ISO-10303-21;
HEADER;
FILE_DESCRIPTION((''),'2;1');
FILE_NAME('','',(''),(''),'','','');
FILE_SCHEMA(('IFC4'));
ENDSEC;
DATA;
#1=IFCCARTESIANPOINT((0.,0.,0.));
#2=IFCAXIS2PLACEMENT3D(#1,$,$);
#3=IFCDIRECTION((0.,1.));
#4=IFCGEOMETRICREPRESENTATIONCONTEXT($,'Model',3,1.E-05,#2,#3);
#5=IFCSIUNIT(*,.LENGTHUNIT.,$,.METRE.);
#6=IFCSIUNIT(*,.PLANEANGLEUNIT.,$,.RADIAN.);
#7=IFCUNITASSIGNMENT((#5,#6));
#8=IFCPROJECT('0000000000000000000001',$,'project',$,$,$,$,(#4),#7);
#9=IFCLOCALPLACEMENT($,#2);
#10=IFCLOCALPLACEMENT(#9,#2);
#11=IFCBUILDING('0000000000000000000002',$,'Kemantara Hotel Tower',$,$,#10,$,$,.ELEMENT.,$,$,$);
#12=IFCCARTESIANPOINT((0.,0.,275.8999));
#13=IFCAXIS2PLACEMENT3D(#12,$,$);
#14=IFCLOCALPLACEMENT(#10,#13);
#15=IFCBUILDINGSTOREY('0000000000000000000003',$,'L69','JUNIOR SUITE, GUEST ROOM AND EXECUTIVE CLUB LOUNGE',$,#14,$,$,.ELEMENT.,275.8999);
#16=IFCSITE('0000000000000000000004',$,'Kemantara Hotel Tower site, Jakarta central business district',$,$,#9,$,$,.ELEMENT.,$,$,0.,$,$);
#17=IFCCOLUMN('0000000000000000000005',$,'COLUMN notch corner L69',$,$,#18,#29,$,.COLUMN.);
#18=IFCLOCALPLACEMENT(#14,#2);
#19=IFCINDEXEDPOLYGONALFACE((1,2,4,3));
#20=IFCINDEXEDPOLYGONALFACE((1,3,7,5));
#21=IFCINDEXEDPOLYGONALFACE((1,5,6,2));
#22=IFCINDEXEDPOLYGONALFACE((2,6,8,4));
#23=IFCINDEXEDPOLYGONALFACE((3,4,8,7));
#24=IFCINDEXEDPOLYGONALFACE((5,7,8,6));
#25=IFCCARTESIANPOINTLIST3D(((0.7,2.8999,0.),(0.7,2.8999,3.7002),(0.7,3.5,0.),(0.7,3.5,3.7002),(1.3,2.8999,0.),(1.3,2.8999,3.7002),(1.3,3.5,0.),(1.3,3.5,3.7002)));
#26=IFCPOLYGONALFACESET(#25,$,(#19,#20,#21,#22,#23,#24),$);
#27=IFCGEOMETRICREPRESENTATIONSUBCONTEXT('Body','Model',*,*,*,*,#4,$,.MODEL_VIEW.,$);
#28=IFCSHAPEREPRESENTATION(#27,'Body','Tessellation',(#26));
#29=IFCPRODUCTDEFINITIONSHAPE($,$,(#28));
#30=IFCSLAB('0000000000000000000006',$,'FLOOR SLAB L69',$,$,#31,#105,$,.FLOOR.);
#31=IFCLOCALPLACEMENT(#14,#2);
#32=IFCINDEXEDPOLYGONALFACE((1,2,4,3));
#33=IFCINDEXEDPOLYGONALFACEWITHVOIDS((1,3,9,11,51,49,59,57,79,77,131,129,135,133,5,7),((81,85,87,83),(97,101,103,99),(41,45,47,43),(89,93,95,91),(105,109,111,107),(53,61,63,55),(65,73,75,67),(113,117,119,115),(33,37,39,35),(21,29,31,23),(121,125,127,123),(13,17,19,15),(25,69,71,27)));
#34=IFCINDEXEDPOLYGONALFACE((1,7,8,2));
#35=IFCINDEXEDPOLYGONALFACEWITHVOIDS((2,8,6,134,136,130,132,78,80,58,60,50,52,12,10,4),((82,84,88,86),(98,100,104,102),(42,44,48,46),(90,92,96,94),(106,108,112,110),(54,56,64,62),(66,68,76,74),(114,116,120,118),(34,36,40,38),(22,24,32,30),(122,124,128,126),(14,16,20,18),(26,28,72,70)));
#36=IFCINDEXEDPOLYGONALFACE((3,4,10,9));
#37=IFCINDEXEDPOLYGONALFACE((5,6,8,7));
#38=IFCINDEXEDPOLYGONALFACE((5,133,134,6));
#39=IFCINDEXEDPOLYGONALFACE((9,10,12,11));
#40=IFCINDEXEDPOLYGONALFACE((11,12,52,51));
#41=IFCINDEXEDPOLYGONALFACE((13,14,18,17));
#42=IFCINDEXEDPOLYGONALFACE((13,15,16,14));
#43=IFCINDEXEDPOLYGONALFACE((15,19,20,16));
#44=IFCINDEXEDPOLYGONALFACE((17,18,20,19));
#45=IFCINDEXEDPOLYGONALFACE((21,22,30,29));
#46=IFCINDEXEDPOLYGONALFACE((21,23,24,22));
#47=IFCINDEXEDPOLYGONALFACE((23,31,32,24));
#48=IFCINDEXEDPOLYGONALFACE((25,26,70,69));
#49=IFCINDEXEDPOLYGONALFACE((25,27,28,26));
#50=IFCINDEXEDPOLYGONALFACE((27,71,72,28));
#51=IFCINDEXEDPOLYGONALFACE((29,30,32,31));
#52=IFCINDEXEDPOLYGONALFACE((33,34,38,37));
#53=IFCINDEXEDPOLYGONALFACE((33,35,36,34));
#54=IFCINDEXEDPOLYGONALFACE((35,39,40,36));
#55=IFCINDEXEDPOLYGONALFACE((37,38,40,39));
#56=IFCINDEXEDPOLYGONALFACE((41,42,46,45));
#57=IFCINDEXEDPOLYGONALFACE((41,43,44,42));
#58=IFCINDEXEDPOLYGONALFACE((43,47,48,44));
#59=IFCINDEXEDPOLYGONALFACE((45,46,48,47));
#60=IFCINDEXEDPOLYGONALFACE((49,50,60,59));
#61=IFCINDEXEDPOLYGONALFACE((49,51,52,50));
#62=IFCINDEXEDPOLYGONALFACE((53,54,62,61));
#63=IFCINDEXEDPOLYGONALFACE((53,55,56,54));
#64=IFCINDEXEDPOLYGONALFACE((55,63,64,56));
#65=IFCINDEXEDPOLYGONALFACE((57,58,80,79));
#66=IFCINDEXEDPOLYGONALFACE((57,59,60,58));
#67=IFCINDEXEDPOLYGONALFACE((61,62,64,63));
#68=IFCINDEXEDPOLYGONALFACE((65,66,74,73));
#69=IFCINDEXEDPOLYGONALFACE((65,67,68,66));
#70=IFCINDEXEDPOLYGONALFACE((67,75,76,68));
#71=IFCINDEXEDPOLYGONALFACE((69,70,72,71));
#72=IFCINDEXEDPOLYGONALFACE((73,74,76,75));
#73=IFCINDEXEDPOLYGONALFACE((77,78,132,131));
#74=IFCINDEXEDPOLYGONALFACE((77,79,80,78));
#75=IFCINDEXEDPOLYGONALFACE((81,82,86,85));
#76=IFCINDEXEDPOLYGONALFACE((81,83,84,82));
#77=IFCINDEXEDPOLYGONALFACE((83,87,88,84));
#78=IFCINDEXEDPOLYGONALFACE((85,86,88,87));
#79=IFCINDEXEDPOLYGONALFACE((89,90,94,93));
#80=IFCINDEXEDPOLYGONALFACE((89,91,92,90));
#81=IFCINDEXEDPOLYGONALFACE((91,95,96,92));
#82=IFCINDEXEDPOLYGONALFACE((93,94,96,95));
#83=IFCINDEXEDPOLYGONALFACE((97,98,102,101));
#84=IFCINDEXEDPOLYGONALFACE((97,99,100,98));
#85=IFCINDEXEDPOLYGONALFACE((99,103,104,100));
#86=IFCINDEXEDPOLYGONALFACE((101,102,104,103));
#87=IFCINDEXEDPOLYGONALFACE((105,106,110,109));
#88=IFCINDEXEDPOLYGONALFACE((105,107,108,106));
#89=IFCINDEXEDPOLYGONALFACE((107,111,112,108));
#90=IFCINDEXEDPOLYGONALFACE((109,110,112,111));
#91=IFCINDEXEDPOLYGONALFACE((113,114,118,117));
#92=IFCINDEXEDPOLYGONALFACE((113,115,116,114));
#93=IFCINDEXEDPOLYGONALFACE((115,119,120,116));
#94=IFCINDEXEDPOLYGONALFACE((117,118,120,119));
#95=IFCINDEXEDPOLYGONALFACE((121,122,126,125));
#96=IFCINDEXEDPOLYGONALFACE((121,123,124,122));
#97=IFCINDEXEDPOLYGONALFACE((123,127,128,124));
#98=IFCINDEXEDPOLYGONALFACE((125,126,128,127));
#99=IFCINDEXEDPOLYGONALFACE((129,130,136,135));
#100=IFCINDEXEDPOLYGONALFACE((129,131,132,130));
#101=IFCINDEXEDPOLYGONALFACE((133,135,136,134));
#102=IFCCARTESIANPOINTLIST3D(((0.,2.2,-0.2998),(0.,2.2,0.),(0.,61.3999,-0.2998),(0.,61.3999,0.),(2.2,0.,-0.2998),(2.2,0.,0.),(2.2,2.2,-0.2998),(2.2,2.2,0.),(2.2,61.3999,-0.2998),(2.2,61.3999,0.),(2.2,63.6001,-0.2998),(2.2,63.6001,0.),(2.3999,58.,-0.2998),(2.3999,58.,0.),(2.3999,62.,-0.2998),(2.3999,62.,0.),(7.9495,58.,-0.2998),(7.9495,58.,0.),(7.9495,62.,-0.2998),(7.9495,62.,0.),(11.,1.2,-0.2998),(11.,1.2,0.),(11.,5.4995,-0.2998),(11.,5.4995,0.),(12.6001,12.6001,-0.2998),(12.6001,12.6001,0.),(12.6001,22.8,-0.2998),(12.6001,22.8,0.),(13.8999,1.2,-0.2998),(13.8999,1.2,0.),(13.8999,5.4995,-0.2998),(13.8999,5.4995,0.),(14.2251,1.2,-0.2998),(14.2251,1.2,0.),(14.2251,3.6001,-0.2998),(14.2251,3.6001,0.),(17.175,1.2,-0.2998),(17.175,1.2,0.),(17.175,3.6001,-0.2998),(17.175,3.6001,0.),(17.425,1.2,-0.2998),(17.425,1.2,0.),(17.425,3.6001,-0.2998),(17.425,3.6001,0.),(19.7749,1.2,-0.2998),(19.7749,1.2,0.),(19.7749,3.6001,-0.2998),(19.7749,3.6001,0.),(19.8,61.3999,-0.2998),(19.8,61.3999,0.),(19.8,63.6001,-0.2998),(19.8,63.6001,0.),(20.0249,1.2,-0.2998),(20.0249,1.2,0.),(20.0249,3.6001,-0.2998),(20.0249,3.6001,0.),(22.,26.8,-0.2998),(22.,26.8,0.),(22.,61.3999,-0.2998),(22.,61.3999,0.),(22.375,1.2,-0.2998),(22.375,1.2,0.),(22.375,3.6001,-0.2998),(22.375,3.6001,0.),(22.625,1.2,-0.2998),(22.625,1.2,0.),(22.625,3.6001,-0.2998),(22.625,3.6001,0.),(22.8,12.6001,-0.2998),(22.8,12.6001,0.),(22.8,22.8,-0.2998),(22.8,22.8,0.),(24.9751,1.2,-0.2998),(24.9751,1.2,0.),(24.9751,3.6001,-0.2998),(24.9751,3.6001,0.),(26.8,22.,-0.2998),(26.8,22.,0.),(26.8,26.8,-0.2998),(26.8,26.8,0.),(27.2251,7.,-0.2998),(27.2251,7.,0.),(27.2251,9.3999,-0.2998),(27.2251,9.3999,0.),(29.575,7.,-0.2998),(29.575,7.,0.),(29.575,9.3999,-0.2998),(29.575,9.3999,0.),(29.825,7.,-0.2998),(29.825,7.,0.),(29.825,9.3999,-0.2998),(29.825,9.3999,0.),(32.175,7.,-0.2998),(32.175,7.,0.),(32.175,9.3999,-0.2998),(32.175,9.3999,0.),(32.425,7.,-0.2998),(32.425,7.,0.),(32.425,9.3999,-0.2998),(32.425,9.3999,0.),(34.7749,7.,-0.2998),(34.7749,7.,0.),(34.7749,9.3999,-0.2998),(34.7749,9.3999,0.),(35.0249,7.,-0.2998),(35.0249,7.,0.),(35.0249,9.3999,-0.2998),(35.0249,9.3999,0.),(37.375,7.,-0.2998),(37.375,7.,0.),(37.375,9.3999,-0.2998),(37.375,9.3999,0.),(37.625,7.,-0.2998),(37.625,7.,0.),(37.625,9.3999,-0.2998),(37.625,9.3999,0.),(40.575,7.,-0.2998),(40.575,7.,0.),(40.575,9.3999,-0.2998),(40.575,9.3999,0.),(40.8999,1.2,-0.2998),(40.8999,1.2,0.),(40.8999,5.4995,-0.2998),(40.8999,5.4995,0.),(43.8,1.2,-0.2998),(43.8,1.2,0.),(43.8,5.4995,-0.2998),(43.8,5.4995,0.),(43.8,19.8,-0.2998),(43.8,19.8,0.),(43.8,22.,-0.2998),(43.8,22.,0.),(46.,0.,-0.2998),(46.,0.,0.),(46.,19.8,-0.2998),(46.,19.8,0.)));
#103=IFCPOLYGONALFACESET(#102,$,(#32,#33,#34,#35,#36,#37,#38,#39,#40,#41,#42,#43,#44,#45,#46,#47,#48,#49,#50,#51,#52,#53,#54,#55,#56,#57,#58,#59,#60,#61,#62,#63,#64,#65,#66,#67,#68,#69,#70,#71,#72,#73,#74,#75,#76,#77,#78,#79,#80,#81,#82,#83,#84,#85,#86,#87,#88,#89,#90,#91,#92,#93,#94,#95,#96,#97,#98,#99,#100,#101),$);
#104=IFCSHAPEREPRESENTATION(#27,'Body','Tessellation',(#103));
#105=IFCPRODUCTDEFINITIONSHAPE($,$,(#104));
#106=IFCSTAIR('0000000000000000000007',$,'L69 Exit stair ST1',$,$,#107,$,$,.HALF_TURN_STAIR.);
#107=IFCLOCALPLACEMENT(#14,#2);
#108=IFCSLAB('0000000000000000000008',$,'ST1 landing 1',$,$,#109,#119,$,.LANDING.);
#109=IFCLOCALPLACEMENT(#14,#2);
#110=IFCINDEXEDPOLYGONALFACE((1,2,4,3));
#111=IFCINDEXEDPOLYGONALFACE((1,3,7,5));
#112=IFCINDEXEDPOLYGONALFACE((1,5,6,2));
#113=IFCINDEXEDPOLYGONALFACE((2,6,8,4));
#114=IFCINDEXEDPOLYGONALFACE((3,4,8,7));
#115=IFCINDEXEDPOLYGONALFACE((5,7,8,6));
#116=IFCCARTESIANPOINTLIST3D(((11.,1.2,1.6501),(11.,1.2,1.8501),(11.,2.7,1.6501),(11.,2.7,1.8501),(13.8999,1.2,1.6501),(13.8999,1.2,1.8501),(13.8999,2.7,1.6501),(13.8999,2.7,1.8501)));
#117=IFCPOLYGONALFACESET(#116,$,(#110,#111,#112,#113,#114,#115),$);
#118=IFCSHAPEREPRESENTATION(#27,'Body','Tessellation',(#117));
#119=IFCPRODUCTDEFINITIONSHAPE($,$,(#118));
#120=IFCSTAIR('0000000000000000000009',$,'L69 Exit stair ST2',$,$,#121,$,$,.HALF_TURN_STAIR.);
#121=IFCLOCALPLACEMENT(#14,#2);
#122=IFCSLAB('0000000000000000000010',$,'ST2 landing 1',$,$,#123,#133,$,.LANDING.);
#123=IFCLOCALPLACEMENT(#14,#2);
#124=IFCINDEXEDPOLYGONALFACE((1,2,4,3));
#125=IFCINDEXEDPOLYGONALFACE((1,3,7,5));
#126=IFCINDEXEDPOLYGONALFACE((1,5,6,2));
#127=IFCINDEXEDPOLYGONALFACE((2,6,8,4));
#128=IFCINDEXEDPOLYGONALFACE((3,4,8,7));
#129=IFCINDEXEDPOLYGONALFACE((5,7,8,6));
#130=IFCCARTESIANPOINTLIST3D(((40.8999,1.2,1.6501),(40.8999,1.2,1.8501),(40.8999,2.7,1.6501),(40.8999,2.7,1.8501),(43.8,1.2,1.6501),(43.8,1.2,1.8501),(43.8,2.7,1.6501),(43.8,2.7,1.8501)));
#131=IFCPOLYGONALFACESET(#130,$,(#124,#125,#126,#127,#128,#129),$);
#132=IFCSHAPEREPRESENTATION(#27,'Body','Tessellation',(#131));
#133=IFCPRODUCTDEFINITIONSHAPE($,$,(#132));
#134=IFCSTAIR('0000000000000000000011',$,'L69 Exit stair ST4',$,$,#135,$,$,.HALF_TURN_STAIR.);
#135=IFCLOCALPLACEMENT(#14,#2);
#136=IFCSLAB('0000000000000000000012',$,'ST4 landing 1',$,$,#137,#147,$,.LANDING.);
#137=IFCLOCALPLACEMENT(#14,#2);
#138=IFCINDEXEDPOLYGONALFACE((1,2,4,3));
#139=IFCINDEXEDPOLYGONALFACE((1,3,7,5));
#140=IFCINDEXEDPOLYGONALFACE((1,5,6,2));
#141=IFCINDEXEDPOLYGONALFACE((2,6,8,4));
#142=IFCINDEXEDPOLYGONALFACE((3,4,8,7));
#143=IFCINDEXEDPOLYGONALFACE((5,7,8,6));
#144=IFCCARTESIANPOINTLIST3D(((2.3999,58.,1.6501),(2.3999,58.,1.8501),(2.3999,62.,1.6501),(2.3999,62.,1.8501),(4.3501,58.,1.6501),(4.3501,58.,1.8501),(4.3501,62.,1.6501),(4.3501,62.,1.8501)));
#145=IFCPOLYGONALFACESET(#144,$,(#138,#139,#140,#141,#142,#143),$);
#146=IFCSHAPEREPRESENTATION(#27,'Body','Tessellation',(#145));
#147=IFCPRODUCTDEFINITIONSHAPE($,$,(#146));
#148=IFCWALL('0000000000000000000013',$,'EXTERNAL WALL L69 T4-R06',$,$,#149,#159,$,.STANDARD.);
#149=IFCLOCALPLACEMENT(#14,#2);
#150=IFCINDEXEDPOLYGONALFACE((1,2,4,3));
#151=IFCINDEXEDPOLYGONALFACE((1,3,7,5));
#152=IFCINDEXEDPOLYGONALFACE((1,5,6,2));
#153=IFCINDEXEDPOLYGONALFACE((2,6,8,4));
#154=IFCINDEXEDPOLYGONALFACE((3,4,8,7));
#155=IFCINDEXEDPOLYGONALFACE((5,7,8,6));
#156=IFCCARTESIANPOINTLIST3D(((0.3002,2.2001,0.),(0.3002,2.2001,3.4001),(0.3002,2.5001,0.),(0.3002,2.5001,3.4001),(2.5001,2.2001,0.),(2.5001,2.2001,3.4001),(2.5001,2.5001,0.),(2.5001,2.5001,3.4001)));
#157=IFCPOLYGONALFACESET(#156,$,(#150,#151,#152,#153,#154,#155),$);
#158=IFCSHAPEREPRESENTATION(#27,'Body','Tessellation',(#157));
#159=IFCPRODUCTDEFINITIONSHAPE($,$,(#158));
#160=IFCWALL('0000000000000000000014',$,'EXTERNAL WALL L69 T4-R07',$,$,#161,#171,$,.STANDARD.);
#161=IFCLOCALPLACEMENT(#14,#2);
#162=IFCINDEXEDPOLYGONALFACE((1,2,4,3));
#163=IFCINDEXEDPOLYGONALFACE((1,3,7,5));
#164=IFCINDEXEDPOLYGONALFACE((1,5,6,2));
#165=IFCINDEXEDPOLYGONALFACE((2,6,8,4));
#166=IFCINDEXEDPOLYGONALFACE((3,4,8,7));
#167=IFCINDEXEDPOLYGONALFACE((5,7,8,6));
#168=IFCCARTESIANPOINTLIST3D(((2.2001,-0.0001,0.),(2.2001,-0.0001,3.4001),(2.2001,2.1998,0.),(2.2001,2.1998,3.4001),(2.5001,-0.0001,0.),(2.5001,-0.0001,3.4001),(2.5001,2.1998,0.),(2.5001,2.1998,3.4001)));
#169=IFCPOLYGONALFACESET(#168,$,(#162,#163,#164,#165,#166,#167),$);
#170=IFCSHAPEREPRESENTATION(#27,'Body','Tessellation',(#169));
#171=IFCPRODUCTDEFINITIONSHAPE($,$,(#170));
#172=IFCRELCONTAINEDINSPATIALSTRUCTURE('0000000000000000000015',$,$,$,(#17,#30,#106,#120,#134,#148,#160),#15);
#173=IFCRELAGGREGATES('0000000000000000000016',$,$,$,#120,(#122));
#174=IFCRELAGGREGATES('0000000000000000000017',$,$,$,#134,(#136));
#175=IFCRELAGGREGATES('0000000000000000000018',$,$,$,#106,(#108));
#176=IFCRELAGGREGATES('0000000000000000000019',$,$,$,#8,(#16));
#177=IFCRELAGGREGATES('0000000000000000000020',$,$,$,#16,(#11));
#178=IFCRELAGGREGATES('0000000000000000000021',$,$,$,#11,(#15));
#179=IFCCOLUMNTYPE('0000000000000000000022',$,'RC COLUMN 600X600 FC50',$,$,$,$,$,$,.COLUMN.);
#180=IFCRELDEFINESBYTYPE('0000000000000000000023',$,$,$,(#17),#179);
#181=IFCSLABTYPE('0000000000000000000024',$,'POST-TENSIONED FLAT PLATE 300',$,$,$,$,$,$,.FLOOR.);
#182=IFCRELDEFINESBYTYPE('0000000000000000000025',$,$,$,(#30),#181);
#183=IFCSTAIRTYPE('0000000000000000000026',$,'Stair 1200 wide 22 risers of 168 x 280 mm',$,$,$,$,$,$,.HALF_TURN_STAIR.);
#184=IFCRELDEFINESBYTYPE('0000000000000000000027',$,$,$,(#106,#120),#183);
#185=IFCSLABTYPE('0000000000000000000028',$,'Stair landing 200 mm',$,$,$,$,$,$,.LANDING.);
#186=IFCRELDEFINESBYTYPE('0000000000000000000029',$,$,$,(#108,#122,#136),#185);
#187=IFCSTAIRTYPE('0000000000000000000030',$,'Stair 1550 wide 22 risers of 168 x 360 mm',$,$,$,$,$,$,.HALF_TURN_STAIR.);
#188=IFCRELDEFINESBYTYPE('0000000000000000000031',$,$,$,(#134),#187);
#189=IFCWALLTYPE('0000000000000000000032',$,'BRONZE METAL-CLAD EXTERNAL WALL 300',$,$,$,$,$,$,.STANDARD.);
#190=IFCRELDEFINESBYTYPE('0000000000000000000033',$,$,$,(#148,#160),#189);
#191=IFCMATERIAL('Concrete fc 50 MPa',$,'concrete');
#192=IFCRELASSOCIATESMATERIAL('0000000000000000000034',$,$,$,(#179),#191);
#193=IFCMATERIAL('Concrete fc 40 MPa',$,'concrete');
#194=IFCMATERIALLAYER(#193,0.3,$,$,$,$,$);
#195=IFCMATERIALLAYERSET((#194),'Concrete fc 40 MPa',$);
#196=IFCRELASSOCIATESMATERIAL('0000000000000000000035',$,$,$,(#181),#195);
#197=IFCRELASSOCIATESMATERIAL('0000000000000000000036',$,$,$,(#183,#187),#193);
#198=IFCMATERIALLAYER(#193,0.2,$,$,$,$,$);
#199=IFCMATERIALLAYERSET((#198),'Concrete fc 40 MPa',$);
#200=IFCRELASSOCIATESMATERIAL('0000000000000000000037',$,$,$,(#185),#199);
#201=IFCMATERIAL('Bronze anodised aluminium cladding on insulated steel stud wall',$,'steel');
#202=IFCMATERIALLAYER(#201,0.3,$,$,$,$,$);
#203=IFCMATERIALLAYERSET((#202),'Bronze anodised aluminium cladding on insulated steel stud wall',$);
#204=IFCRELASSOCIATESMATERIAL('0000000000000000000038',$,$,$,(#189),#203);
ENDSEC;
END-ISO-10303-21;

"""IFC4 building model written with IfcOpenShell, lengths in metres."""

from ifc_helpers import new_model, si_unit, direction, frame, frame_2d, origin, origin_2d, place, context, subcontext, project, spatial, polyline, rectangle, outline, extrude, material, layer, layer_set, material_profile, profile_set, type_object, element, aggregate, save


model = new_model("IFC4")

# Units and contexts
model_context = context("Model", 3, precision=1e-05, world=origin(), true_north=direction((0.0, 1.0)))
body_context = subcontext(model_context, "Body", "Model", "MODEL_VIEW")
ifc_project = project(units=[si_unit("LENGTHUNIT", "METRE"), si_unit("PLANEANGLEUNIT", "RADIAN")], contexts=[model_context])

# Site, building, storey
site_placement = place(None, origin())
site = spatial("IfcSite", under=ifc_project, at=site_placement, Name="Kemantara Hotel Tower site, Jakarta central business district", CompositionType="ELEMENT", RefElevation=0.0)
building_placement = place(site_placement, origin())
building = spatial("IfcBuilding", under=site, at=building_placement, Name="Kemantara Hotel Tower", CompositionType="ELEMENT")
storey_placement = place(building_placement, frame((0.0, 0.0, 275.8999)))
storey = spatial("IfcBuildingStorey", under=building, at=storey_placement, Name="L69", Description="JUNIOR SUITE, GUEST ROOM AND EXECUTIVE CLUB LOUNGE", CompositionType="ELEMENT", Elevation=275.8999)

# Column
ifc_material_1 = material(Name="Concrete fc 50 MPa", Category="concrete")
ifc_material_profile = material_profile(ifc_material_1, rectangle(XDim=0.6001, YDim=0.6001, at=origin_2d()), Name="RC 600X600")
ifc_profile_set = profile_set([ifc_material_profile], Name="Concrete fc 50 MPa")
column_type = type_object("IfcColumnType", Name="RC COLUMN 600X600 FC50", PredefinedType="COLUMN", material=ifc_profile_set)
column_placement = place(storey_placement, frame((1.0, 3.2, 0.0), z_axis=(0.0, 0.0, 1.0), x_axis=(1.0, 0.0, 0.0)))
element("IfcColumn", 1, at=column_placement, inside=storey, type_object=column_type, Name="COLUMN notch corner L69", PredefinedType="COLUMN", context=body_context, shape_type="SweptSolid", body=[
    extrude(rectangle(XDim=0.6001, YDim=0.6001, at=origin_2d()), origin(), (0.0, 0.0, 1.0), 3.7002),
])

# Slab
ifc_material_2 = material(Name="Concrete fc 40 MPa", Category="concrete")
ifc_layer_1 = layer(ifc_material_2, 0.3)
ifc_layer_set_1 = layer_set([ifc_layer_1], Name="Concrete fc 40 MPa")
slab_type_1 = type_object("IfcSlabType", Name="POST-TENSIONED FLAT PLATE 300", PredefinedType="FLOOR", material=ifc_layer_set_1)
slab_1_placement = place(storey_placement, frame((0.0, 0.0, -0.2998)))
element("IfcSlab", 2, at=slab_1_placement, inside=storey, type_object=slab_type_1, Name="FLOOR SLAB L69", PredefinedType="FLOOR", context=body_context, shape_type="SweptSolid", body=[
    extrude(outline(polyline([(22.0, 26.8), (22.0, 61.3999), (19.8, 61.3999), (19.8, 63.6001), (2.2, 63.6001), (2.2, 61.3999), (0.0, 61.3999), (0.0, 2.2), (2.2, 2.2), (2.2, 0.0), (46.0, 0.0), (46.0, 19.8), (43.8, 19.8), (43.8, 22.0), (26.8, 22.0), (26.8, 26.8), (22.0, 26.8)]), holes=[polyline([(17.175, 3.6001), (17.175, 1.2), (14.2251, 1.2), (14.2251, 3.6001), (17.175, 3.6001)]), polyline([(19.7749, 1.2), (17.425, 1.2), (17.425, 3.6001), (19.7749, 3.6001), (19.7749, 1.2)]), polyline([(22.375, 1.2), (20.0249, 1.2), (20.0249, 3.6001), (22.375, 3.6001), (22.375, 1.2)]), polyline([(24.9751, 3.6001), (24.9751, 1.2), (22.625, 1.2), (22.625, 3.6001), (24.9751, 3.6001)]), polyline([(11.0, 1.2), (11.0, 5.4995), (13.8999, 5.4995), (13.8999, 1.2), (11.0, 1.2)]), polyline([(22.8, 12.6001), (12.6001, 12.6001), (12.6001, 22.8), (22.8, 22.8), (22.8, 12.6001)]), polyline([(2.3999, 58.0), (2.3999, 62.0), (7.9495, 62.0), (7.9495, 58.0), (2.3999, 58.0)]), polyline([(40.8999, 1.2), (40.8999, 5.4995), (43.8, 5.4995), (43.8, 1.2), (40.8999, 1.2)]), polyline([(29.575, 7.0), (27.2251, 7.0), (27.2251, 9.3999), (29.575, 9.3999), (29.575, 7.0)]), polyline([(32.175, 7.0), (29.825, 7.0), (29.825, 9.3999), (32.175, 9.3999), (32.175, 7.0)]), polyline([(34.7749, 7.0), (32.425, 7.0), (32.425, 9.3999), (34.7749, 9.3999), (34.7749, 7.0)]), polyline([(37.375, 7.0), (35.0249, 7.0), (35.0249, 9.3999), (37.375, 9.3999), (37.375, 7.0)]), polyline([(40.575, 7.0), (37.625, 7.0), (37.625, 9.3999), (40.575, 9.3999), (40.575, 7.0)])]), origin(), (0.0, 0.0, 1.0), 0.2998),
])

# Stairs, slabs
stair_type_1 = type_object("IfcStairType", Name="Stair 1200 wide 22 risers of 168 x 280 mm", PredefinedType="HALF_TURN_STAIR", material=ifc_material_2)
stair_1_placement = place(storey_placement, origin())
stair_1 = element("IfcStair", 3, at=stair_1_placement, inside=storey, type_object=stair_type_1, Name="L69 Exit stair ST1", PredefinedType="HALF_TURN_STAIR")
ifc_layer_2 = layer(ifc_material_2, 0.2)
ifc_layer_set_2 = layer_set([ifc_layer_2], Name="Concrete fc 40 MPa")
slab_type_2 = type_object("IfcSlabType", Name="Stair landing 200 mm", PredefinedType="LANDING", material=ifc_layer_set_2)
slab_2_placement = place(storey_placement, frame((0.0, 0.0, 1.6501)))
slab_2 = element("IfcSlab", 4, at=slab_2_placement, type_object=slab_type_2, Name="ST1 landing 1", PredefinedType="LANDING", context=body_context, shape_type="SweptSolid", body=[
    extrude(outline(polyline([(11.0, 2.7), (11.0, 1.2), (13.8999, 1.2), (13.8999, 2.7), (11.0, 2.7)])), origin(), (0.0, 0.0, 1.0), 0.2),
])
stair_2_placement = place(storey_placement, origin())
stair_2 = element("IfcStair", 5, at=stair_2_placement, inside=storey, type_object=stair_type_1, Name="L69 Exit stair ST2", PredefinedType="HALF_TURN_STAIR")
slab_3_placement = place(storey_placement, frame((0.0, 0.0, 1.6501)))
slab_3 = element("IfcSlab", 6, at=slab_3_placement, type_object=slab_type_2, Name="ST2 landing 1", PredefinedType="LANDING", context=body_context, shape_type="SweptSolid", body=[
    extrude(outline(polyline([(40.8999, 2.7), (40.8999, 1.2), (43.8, 1.2), (43.8, 2.7), (40.8999, 2.7)])), origin(), (0.0, 0.0, 1.0), 0.2),
])
aggregate(stair_2, [slab_3])
stair_type_2 = type_object("IfcStairType", Name="Stair 1550 wide 22 risers of 168 x 360 mm", PredefinedType="HALF_TURN_STAIR", material=ifc_material_2)
stair_3_placement = place(storey_placement, origin())
stair_3 = element("IfcStair", 7, at=stair_3_placement, inside=storey, type_object=stair_type_2, Name="L69 Exit stair ST4", PredefinedType="HALF_TURN_STAIR")
slab_4_placement = place(storey_placement, frame((0.0, 0.0, 1.6501)))
slab_4 = element("IfcSlab", 8, at=slab_4_placement, type_object=slab_type_2, Name="ST4 landing 1", PredefinedType="LANDING", context=body_context, shape_type="SweptSolid", body=[
    extrude(outline(polyline([(4.3501, 62.0), (2.3999, 62.0), (2.3999, 58.0), (4.3501, 58.0), (4.3501, 62.0)])), origin(), (0.0, 0.0, 1.0), 0.2),
])
aggregate(stair_3, [slab_4])

# Walls
ifc_material_3 = material(Name="Bronze anodised aluminium cladding on insulated steel stud wall", Category="steel")
ifc_layer_3 = layer(ifc_material_3, 0.3)
ifc_layer_set_3 = layer_set([ifc_layer_3], Name="Bronze anodised aluminium cladding on insulated steel stud wall")
wall_type_1 = type_object("IfcWallType", Name="BRONZE METAL-CLAD EXTERNAL WALL 300", PredefinedType="STANDARD", material=ifc_layer_set_3)
for number, where, z_axis, x_axis, name in (
    (9, (0.3, 2.3501, 0.0), (0.0, 0.0, 1.0), (1.0, 0.0, 0.0), "EXTERNAL WALL L69 T4-R06"),
    (10, (2.3501, 2.2, 0.0), (0.0, 0.0, 1.0), (0.0, -1.0, 0.0), "EXTERNAL WALL L69 T4-R07"),
):
    element("IfcWall", number, at=place(storey_placement, frame(where, z_axis=z_axis, x_axis=x_axis)), inside=storey, type_object=wall_type_1, Name=name, PredefinedType="STANDARD", context=body_context, shape_type="SweptSolid", body=[
        extrude(rectangle(XDim=2.2, YDim=0.3, at=frame_2d((1.1001, 0.0))), origin(), (0.0, 0.0, 1.0), 3.4001),
    ])

aggregate(stair_1, [slab_2])

save(model, "model.ifc")
